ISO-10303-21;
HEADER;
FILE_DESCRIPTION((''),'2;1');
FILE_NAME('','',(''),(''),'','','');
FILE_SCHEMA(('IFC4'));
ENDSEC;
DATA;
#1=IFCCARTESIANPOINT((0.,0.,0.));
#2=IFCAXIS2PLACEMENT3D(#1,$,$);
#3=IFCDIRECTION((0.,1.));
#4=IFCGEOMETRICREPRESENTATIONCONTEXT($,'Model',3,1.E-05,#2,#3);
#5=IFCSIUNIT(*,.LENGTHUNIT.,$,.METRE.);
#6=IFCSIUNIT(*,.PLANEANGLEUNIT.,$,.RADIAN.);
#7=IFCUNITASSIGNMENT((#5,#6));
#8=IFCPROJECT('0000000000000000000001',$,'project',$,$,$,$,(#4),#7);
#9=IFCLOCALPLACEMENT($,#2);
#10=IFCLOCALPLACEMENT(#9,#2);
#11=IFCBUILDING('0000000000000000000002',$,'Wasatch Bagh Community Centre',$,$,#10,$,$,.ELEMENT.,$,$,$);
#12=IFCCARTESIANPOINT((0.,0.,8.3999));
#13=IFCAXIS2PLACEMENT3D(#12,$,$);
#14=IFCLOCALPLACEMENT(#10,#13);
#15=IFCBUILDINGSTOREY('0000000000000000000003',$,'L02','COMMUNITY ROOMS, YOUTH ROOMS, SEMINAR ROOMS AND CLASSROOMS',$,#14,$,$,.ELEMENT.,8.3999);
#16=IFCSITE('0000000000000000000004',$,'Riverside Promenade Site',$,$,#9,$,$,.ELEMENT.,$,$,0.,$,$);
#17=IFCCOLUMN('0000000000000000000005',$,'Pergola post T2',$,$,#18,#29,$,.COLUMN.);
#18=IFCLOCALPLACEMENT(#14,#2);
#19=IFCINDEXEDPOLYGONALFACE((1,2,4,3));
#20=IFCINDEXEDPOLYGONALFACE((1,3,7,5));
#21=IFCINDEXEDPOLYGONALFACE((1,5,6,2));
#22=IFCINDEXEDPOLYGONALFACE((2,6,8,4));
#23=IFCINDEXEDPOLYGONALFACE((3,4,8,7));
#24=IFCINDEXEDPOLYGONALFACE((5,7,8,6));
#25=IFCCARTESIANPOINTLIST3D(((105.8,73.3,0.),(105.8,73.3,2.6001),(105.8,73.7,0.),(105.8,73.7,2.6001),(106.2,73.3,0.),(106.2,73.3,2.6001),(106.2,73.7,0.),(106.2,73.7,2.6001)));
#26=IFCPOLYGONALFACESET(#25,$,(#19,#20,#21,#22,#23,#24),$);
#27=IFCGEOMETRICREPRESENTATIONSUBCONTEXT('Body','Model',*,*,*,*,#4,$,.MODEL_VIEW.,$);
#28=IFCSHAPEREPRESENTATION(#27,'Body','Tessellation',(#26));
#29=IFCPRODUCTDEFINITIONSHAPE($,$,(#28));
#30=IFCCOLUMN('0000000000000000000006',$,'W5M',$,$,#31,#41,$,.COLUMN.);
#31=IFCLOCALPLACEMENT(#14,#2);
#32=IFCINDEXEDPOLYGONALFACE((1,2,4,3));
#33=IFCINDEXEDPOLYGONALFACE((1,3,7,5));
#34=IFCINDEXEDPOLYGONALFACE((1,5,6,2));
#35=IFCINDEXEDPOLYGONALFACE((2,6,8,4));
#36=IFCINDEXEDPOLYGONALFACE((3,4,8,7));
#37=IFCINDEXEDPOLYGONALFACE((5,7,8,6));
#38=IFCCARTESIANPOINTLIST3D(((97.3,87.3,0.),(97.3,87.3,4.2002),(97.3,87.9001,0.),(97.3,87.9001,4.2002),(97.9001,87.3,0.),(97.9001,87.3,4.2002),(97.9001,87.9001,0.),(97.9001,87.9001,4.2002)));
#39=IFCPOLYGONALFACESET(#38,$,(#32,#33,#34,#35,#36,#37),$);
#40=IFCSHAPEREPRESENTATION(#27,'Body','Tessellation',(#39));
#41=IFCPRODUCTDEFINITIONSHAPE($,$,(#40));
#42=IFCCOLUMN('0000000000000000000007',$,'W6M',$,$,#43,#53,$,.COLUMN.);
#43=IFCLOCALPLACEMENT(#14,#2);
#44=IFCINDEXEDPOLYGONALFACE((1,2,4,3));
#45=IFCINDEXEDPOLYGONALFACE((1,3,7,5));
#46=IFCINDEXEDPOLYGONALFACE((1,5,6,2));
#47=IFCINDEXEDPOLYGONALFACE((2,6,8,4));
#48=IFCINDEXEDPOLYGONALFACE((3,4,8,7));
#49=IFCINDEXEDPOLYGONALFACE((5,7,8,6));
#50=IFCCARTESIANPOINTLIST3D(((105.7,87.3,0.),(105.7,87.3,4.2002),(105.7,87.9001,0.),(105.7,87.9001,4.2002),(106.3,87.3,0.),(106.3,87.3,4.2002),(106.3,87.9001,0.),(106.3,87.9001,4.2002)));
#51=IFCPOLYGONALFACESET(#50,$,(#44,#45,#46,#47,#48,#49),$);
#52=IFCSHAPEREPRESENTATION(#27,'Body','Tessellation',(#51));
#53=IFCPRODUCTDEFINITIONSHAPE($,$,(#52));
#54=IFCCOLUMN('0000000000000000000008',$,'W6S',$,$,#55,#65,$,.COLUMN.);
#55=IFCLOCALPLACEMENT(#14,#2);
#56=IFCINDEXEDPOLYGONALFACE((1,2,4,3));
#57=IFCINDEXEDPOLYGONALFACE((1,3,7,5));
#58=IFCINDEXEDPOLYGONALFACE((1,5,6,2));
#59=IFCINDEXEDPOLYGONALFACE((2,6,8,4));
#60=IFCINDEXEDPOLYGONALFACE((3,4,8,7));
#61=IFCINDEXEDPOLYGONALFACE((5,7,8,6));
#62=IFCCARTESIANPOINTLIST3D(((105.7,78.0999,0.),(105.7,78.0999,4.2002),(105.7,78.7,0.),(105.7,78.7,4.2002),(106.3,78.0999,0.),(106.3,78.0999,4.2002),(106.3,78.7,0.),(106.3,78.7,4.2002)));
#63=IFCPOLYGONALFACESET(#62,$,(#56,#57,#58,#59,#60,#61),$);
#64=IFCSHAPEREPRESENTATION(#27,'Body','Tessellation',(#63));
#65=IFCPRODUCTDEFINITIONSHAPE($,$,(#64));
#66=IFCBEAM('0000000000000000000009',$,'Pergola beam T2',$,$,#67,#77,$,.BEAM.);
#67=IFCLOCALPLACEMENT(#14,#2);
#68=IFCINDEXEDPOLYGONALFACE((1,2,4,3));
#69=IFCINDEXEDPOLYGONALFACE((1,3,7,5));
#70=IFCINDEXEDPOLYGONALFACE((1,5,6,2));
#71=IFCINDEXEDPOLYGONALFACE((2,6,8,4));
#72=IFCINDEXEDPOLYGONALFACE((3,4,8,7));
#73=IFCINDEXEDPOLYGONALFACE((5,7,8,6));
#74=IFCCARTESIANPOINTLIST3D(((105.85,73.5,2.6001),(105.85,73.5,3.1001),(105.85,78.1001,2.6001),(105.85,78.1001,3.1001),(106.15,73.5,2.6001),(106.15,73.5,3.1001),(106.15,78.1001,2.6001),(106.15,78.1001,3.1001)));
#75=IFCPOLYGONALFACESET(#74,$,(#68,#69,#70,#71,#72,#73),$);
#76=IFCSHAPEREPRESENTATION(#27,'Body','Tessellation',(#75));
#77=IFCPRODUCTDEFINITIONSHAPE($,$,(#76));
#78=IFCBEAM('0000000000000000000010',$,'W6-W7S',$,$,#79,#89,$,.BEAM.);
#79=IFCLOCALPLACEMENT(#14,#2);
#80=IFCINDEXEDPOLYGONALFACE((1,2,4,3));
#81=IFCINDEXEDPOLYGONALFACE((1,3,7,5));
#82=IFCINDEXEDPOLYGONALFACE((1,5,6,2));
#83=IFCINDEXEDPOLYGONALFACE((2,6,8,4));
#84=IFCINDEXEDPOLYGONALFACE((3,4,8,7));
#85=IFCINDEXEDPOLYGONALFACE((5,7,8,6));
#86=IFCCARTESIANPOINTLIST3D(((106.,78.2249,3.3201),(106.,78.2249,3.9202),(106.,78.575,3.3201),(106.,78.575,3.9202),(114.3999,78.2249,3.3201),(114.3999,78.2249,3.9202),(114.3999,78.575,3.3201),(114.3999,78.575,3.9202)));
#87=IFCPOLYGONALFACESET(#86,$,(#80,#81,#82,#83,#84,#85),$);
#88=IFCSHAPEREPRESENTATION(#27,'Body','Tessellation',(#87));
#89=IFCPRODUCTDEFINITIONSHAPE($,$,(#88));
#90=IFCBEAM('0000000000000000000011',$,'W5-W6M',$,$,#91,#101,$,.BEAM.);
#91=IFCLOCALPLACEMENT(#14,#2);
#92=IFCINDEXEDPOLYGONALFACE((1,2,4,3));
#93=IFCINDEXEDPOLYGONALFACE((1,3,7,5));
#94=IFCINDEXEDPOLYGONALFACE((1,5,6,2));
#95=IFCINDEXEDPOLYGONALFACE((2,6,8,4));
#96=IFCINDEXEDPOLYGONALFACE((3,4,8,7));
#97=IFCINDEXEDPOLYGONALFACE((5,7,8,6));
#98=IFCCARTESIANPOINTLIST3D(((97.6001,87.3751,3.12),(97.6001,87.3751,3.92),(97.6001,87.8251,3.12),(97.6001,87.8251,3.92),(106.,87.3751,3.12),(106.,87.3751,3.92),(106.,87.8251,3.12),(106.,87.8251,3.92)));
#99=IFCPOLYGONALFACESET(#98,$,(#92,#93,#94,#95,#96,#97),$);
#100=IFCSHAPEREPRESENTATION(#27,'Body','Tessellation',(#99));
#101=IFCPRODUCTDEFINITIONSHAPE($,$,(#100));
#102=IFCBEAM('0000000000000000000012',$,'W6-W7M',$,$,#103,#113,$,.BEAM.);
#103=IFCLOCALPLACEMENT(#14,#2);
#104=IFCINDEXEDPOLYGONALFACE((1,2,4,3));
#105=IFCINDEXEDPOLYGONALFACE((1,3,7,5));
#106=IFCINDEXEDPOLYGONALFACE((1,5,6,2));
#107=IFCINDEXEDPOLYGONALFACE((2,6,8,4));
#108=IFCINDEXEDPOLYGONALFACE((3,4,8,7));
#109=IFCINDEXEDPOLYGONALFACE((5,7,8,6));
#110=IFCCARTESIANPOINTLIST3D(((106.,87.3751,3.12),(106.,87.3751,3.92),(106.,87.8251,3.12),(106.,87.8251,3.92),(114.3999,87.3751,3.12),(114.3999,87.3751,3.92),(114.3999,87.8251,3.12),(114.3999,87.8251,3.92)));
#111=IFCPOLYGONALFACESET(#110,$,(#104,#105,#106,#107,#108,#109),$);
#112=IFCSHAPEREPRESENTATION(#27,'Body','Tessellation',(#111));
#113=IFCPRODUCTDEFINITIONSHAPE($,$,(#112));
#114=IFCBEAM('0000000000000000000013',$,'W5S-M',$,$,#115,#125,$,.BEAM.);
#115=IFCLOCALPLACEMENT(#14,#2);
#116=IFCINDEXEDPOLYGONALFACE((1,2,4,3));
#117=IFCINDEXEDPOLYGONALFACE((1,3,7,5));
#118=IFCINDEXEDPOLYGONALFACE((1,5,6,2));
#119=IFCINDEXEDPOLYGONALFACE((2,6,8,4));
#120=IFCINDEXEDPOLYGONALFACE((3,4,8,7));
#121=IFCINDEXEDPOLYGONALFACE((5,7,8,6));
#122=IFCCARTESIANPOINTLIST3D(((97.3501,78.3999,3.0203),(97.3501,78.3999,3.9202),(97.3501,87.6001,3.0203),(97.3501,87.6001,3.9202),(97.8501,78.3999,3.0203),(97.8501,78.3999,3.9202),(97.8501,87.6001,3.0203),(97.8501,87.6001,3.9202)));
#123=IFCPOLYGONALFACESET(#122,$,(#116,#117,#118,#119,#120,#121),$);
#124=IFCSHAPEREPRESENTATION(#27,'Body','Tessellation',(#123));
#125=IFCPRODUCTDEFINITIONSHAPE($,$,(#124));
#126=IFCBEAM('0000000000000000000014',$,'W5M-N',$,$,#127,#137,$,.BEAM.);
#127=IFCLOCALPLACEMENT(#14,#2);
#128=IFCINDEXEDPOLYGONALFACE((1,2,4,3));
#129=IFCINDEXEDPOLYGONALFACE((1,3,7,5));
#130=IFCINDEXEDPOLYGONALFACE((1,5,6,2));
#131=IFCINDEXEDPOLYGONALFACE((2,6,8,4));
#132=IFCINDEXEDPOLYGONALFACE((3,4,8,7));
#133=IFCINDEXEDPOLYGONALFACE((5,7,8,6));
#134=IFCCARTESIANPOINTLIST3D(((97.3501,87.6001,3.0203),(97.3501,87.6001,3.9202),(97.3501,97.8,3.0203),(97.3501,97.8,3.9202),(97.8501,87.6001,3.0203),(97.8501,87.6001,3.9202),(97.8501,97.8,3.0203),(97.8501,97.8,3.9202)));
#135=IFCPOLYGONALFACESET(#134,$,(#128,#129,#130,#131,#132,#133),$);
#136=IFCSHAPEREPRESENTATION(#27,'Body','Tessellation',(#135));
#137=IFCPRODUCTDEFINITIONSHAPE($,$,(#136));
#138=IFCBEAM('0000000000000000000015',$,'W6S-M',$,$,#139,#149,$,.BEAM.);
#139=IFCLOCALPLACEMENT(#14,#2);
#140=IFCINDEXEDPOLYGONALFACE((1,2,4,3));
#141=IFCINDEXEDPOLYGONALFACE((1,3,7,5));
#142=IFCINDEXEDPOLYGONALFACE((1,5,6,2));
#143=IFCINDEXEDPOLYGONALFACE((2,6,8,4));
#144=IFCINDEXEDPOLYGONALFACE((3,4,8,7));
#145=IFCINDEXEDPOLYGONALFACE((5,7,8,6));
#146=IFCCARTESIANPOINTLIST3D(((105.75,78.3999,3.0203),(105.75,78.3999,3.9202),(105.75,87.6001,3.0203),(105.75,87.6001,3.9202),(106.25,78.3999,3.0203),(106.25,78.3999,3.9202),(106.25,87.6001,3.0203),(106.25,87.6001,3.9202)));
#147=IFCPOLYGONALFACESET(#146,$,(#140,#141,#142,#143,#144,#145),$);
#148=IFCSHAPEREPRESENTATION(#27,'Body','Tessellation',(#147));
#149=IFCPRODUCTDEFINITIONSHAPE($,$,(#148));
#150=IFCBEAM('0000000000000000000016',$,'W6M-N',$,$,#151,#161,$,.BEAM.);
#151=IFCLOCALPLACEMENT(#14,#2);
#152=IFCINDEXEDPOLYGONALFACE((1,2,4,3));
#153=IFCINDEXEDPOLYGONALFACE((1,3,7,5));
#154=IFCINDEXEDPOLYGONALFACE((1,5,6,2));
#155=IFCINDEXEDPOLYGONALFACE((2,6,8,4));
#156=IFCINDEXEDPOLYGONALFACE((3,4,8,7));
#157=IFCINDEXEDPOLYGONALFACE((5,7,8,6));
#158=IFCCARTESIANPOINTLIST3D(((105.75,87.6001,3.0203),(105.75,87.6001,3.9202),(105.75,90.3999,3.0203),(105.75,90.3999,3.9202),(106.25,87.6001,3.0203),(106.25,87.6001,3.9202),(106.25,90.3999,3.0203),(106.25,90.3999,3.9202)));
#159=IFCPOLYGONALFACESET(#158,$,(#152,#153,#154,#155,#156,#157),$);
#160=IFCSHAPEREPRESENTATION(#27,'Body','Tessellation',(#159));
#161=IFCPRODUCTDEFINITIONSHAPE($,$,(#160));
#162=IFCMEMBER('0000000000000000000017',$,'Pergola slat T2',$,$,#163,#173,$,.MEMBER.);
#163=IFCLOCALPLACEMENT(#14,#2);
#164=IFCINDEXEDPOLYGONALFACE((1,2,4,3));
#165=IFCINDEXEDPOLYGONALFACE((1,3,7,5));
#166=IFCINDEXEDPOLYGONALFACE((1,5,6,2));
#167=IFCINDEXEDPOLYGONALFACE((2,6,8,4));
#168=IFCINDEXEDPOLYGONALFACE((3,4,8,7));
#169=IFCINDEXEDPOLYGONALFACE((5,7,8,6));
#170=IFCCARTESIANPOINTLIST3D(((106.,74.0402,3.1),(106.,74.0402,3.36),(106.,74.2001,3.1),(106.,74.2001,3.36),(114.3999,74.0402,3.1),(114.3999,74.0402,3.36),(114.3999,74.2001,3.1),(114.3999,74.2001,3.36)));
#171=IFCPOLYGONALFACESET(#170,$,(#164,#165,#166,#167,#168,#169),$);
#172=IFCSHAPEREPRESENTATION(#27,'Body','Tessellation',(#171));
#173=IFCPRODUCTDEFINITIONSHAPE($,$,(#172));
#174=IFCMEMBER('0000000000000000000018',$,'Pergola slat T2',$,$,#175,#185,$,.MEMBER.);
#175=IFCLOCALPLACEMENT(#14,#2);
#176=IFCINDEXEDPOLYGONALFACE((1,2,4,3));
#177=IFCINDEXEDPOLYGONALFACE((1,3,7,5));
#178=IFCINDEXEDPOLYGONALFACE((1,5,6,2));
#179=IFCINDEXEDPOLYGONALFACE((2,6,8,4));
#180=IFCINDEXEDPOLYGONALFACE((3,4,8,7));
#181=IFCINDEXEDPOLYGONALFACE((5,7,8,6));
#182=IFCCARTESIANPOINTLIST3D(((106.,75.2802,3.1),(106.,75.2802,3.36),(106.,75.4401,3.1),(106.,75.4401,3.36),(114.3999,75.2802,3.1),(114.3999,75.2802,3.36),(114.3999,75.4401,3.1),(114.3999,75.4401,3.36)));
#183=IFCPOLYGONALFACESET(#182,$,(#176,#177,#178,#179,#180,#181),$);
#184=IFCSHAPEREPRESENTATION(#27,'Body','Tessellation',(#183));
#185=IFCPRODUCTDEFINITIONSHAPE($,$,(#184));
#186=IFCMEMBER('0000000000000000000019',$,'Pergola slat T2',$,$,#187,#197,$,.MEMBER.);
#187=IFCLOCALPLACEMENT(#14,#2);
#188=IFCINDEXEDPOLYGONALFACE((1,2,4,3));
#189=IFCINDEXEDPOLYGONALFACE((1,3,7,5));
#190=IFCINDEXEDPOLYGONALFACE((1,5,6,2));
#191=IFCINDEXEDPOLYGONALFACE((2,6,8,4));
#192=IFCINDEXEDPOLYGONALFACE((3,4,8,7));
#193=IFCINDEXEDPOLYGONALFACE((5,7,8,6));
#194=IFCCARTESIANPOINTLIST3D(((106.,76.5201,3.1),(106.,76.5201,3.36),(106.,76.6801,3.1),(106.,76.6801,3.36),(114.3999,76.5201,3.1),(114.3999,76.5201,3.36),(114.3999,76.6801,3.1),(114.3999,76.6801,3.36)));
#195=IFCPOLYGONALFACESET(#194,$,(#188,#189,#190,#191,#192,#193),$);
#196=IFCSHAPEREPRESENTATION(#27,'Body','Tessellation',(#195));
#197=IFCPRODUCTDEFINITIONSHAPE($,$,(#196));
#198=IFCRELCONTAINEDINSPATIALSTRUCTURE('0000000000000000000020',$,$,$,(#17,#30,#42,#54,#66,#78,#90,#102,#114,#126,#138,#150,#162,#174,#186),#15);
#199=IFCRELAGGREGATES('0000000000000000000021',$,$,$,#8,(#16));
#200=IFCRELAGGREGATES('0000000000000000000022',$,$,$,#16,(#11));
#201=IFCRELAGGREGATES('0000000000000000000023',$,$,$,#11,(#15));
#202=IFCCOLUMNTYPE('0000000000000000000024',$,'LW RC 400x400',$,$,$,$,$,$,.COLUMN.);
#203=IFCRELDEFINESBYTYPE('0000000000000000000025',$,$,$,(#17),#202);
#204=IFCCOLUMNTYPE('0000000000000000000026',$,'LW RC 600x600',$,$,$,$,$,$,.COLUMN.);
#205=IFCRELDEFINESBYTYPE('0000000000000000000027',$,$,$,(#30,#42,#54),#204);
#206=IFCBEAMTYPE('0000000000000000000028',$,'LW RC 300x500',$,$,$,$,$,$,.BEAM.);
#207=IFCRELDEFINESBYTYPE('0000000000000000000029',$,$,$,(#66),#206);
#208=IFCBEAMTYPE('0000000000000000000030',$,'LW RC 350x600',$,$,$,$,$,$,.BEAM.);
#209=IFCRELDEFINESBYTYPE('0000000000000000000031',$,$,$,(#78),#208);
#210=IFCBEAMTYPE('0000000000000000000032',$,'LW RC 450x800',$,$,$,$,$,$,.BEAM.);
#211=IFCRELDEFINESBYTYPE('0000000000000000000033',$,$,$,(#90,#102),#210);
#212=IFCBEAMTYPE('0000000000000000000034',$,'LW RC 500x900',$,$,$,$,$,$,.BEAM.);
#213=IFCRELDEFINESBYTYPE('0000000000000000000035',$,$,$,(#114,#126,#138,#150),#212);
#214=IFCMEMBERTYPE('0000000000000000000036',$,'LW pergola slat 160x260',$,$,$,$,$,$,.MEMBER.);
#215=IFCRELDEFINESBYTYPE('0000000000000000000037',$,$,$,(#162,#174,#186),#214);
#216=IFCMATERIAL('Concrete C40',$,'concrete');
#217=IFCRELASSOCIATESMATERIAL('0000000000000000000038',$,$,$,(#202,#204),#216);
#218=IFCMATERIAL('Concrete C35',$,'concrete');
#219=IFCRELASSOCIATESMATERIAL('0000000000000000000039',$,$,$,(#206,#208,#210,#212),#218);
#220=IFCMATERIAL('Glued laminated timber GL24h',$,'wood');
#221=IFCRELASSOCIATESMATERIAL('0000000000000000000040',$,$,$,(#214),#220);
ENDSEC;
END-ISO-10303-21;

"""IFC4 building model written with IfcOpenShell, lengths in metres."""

from ifc_helpers import new_model, si_unit, direction, frame, origin, origin_2d, place, context, subcontext, project, spatial, rectangle, extrude, material, material_profile, profile_set, type_object, element, save


model = new_model("IFC4")

# Units and contexts
model_context = context("Model", 3, precision=1e-05, world=origin(), true_north=direction((0.0, 1.0)))
body_context = subcontext(model_context, "Body", "Model", "MODEL_VIEW")
ifc_project = project(units=[si_unit("LENGTHUNIT", "METRE"), si_unit("PLANEANGLEUNIT", "RADIAN")], contexts=[model_context])

# Site, building, storey
site_placement = place(None, origin())
site = spatial("IfcSite", under=ifc_project, at=site_placement, Name="Riverside Promenade Site", CompositionType="ELEMENT", RefElevation=0.0)
building_placement = place(site_placement, origin())
building = spatial("IfcBuilding", under=site, at=building_placement, Name="Wasatch Bagh Community Centre", CompositionType="ELEMENT")
storey_placement = place(building_placement, frame((0.0, 0.0, 8.3999)))
storey = spatial("IfcBuildingStorey", under=building, at=storey_placement, Name="L02", Description="COMMUNITY ROOMS, YOUTH ROOMS, SEMINAR ROOMS AND CLASSROOMS", CompositionType="ELEMENT", Elevation=8.3999)

# Columns
ifc_material_1 = material(Name="Concrete C40", Category="concrete")
ifc_material_profile_1 = material_profile(ifc_material_1, rectangle(XDim=0.3999, YDim=0.3999, at=origin_2d()), Name="RC 400x400")
ifc_profile_set_1 = profile_set([ifc_material_profile_1], Name="Concrete C40")
column_type_1 = type_object("IfcColumnType", Name="LW RC 400x400", PredefinedType="COLUMN", material=ifc_profile_set_1)
column_placement = place(storey_placement, frame((106.0, 73.5, 0.0), z_axis=(0.0, 0.0, 1.0), x_axis=(1.0, 0.0, 0.0)))
element("IfcColumn", 1, at=column_placement, inside=storey, type_object=column_type_1, Name="Pergola post T2", PredefinedType="COLUMN", context=body_context, shape_type="SweptSolid", body=[
    extrude(rectangle(XDim=0.3999, YDim=0.3999, at=origin_2d()), origin(), (0.0, 0.0, 1.0), 2.6001),
])
ifc_material_profile_2 = material_profile(ifc_material_1, rectangle(XDim=0.6001, YDim=0.6001, at=origin_2d()), Name="RC 600x600")
ifc_profile_set_2 = profile_set([ifc_material_profile_2], Name="Concrete C40")
column_type_2 = type_object("IfcColumnType", Name="LW RC 600x600", PredefinedType="COLUMN", material=ifc_profile_set_2)
for number, where, z_axis, x_axis, name in (
    (2, (97.6001, 87.6001, 0.0), (0.0, 0.0, 1.0), (1.0, 0.0, 0.0), "W5M"),
    (3, (106.0, 87.6001, 0.0), (0.0, 0.0, 1.0), (1.0, 0.0, 0.0), "W6M"),
    (4, (106.0, 78.3999, 0.0), (0.0, 0.0, 1.0), (1.0, 0.0, 0.0), "W6S"),
):
    element("IfcColumn", number, at=place(storey_placement, frame(where, z_axis=z_axis, x_axis=x_axis)), inside=storey, type_object=column_type_2, Name=name, PredefinedType="COLUMN", context=body_context, shape_type="SweptSolid", body=[
        extrude(rectangle(XDim=0.6001, YDim=0.6001, at=origin_2d()), origin(), (0.0, 0.0, 1.0), 4.2002),
    ])

# Beams
ifc_material_2 = material(Name="Concrete C35", Category="concrete")
ifc_material_profile_3 = material_profile(ifc_material_2, rectangle(XDim=0.3, YDim=0.5, at=origin_2d()), Name="RC 300x500")
ifc_profile_set_3 = profile_set([ifc_material_profile_3], Name="Concrete C35")
beam_type_1 = type_object("IfcBeamType", Name="LW RC 300x500", PredefinedType="BEAM", material=ifc_profile_set_3)
beam_1_placement = place(storey_placement, frame((106.0, 78.1001, 2.8501), z_axis=(0.0, -1.0, 0.0), x_axis=(1.0, 0.0, 0.0)))
element("IfcBeam", 5, at=beam_1_placement, inside=storey, type_object=beam_type_1, Name="Pergola beam T2", PredefinedType="BEAM", context=body_context, shape_type="SweptSolid", body=[
    extrude(rectangle(XDim=0.3, YDim=0.5, at=origin_2d()), origin(), (0.0, 0.0, 1.0), 4.6001),
])
ifc_material_profile_4 = material_profile(ifc_material_2, rectangle(XDim=0.3501, YDim=0.6001, at=origin_2d()), Name="RC 350x600")
ifc_profile_set_4 = profile_set([ifc_material_profile_4], Name="Concrete C35")
beam_type_2 = type_object("IfcBeamType", Name="LW RC 350x600", PredefinedType="BEAM", material=ifc_profile_set_4)
beam_2_placement = place(storey_placement, frame((106.0, 78.3999, 3.6201), z_axis=(1.0, 0.0, 0.0), x_axis=(0.0, 1.0, 0.0)))
element("IfcBeam", 6, at=beam_2_placement, inside=storey, type_object=beam_type_2, Name="W6-W7S", PredefinedType="BEAM", context=body_context, shape_type="SweptSolid", body=[
    extrude(rectangle(XDim=0.3501, YDim=0.6001, at=origin_2d()), origin(), (0.0, 0.0, 1.0), 8.3999),
])
ifc_material_profile_5 = material_profile(ifc_material_2, rectangle(XDim=0.45, YDim=0.8, at=origin_2d()), Name="RC 450x800")
ifc_profile_set_5 = profile_set([ifc_material_profile_5], Name="Concrete C35")
beam_type_3 = type_object("IfcBeamType", Name="LW RC 450x800", PredefinedType="BEAM", material=ifc_profile_set_5)
for number, where, z_axis, x_axis, name in (
    (7, (97.6001, 87.6001, 3.52), (1.0, 0.0, 0.0), (0.0, 1.0, 0.0), "W5-W6M"),
    (8, (106.0, 87.6001, 3.52), (1.0, 0.0, 0.0), (0.0, 1.0, 0.0), "W6-W7M"),
):
    element("IfcBeam", number, at=place(storey_placement, frame(where, z_axis=z_axis, x_axis=x_axis)), inside=storey, type_object=beam_type_3, Name=name, PredefinedType="BEAM", context=body_context, shape_type="SweptSolid", body=[
        extrude(rectangle(XDim=0.45, YDim=0.8, at=origin_2d()), origin(), (0.0, 0.0, 1.0), 8.3999),
    ])
ifc_material_profile_6 = material_profile(ifc_material_2, rectangle(XDim=0.5, YDim=0.8999, at=origin_2d()), Name="RC 500x900")
ifc_profile_set_6 = profile_set([ifc_material_profile_6], Name="Concrete C35")
beam_type_4 = type_object("IfcBeamType", Name="LW RC 500x900", PredefinedType="BEAM", material=ifc_profile_set_6)
beam_3_placement = place(storey_placement, frame((97.6001, 78.3999, 3.4702), z_axis=(0.0, 1.0, 0.0), x_axis=(-1.0, 0.0, 0.0)))
element("IfcBeam", 9, at=beam_3_placement, inside=storey, type_object=beam_type_4, Name="W5S-M", PredefinedType="BEAM", context=body_context, shape_type="SweptSolid", body=[
    extrude(rectangle(XDim=0.5, YDim=0.8999, at=origin_2d()), origin(), (0.0, 0.0, 1.0), 9.2002),
])
beam_4_placement = place(storey_placement, frame((97.6001, 87.6001, 3.4702), z_axis=(0.0, 1.0, 0.0), x_axis=(-1.0, 0.0, 0.0)))
element("IfcBeam", 10, at=beam_4_placement, inside=storey, type_object=beam_type_4, Name="W5M-N", PredefinedType="BEAM", context=body_context, shape_type="SweptSolid", body=[
    extrude(rectangle(XDim=0.5, YDim=0.8999, at=origin_2d()), origin(), (0.0, 0.0, 1.0), 10.2),
])
beam_5_placement = place(storey_placement, frame((106.0, 78.3999, 3.4702), z_axis=(0.0, 1.0, 0.0), x_axis=(-1.0, 0.0, 0.0)))
element("IfcBeam", 11, at=beam_5_placement, inside=storey, type_object=beam_type_4, Name="W6S-M", PredefinedType="BEAM", context=body_context, shape_type="SweptSolid", body=[
    extrude(rectangle(XDim=0.5, YDim=0.8999, at=origin_2d()), origin(), (0.0, 0.0, 1.0), 9.2002),
])
beam_6_placement = place(storey_placement, frame((106.0, 87.6001, 3.4702), z_axis=(0.0, 1.0, 0.0), x_axis=(-1.0, 0.0, 0.0)))
element("IfcBeam", 12, at=beam_6_placement, inside=storey, type_object=beam_type_4, Name="W6M-N", PredefinedType="BEAM", context=body_context, shape_type="SweptSolid", body=[
    extrude(rectangle(XDim=0.5, YDim=0.8999, at=origin_2d()), origin(), (0.0, 0.0, 1.0), 2.7998),
])

# Members
ifc_material_3 = material(Name="Glued laminated timber GL24h", Category="wood")
ifc_material_profile_7 = material_profile(ifc_material_3, rectangle(XDim=0.1599, YDim=0.26, at=origin_2d()), Name="GL 160x260")
ifc_profile_set_7 = profile_set([ifc_material_profile_7], Name="Glued laminated timber GL24h")
member_type = type_object("IfcMemberType", Name="LW pergola slat 160x260", PredefinedType="MEMBER", material=ifc_profile_set_7)
for number, where, z_axis, x_axis, name in (
    (13, (106.0, 74.1201, 3.23), (1.0, 0.0, 0.0), (0.0, 1.0, 0.0), "Pergola slat T2"),
    (14, (106.0, 75.3601, 3.23), (1.0, 0.0, 0.0), (0.0, 1.0, 0.0), "Pergola slat T2"),
    (15, (106.0, 76.6001, 3.23), (1.0, 0.0, 0.0), (0.0, 1.0, 0.0), "Pergola slat T2"),
):
    element("IfcMember", number, at=place(storey_placement, frame(where, z_axis=z_axis, x_axis=x_axis)), inside=storey, type_object=member_type, Name=name, PredefinedType="MEMBER", context=body_context, shape_type="SweptSolid", body=[
        extrude(rectangle(XDim=0.1599, YDim=0.26, at=origin_2d()), origin(), (0.0, 0.0, 1.0), 8.3999),
    ])

save(model, "model.ifc")
